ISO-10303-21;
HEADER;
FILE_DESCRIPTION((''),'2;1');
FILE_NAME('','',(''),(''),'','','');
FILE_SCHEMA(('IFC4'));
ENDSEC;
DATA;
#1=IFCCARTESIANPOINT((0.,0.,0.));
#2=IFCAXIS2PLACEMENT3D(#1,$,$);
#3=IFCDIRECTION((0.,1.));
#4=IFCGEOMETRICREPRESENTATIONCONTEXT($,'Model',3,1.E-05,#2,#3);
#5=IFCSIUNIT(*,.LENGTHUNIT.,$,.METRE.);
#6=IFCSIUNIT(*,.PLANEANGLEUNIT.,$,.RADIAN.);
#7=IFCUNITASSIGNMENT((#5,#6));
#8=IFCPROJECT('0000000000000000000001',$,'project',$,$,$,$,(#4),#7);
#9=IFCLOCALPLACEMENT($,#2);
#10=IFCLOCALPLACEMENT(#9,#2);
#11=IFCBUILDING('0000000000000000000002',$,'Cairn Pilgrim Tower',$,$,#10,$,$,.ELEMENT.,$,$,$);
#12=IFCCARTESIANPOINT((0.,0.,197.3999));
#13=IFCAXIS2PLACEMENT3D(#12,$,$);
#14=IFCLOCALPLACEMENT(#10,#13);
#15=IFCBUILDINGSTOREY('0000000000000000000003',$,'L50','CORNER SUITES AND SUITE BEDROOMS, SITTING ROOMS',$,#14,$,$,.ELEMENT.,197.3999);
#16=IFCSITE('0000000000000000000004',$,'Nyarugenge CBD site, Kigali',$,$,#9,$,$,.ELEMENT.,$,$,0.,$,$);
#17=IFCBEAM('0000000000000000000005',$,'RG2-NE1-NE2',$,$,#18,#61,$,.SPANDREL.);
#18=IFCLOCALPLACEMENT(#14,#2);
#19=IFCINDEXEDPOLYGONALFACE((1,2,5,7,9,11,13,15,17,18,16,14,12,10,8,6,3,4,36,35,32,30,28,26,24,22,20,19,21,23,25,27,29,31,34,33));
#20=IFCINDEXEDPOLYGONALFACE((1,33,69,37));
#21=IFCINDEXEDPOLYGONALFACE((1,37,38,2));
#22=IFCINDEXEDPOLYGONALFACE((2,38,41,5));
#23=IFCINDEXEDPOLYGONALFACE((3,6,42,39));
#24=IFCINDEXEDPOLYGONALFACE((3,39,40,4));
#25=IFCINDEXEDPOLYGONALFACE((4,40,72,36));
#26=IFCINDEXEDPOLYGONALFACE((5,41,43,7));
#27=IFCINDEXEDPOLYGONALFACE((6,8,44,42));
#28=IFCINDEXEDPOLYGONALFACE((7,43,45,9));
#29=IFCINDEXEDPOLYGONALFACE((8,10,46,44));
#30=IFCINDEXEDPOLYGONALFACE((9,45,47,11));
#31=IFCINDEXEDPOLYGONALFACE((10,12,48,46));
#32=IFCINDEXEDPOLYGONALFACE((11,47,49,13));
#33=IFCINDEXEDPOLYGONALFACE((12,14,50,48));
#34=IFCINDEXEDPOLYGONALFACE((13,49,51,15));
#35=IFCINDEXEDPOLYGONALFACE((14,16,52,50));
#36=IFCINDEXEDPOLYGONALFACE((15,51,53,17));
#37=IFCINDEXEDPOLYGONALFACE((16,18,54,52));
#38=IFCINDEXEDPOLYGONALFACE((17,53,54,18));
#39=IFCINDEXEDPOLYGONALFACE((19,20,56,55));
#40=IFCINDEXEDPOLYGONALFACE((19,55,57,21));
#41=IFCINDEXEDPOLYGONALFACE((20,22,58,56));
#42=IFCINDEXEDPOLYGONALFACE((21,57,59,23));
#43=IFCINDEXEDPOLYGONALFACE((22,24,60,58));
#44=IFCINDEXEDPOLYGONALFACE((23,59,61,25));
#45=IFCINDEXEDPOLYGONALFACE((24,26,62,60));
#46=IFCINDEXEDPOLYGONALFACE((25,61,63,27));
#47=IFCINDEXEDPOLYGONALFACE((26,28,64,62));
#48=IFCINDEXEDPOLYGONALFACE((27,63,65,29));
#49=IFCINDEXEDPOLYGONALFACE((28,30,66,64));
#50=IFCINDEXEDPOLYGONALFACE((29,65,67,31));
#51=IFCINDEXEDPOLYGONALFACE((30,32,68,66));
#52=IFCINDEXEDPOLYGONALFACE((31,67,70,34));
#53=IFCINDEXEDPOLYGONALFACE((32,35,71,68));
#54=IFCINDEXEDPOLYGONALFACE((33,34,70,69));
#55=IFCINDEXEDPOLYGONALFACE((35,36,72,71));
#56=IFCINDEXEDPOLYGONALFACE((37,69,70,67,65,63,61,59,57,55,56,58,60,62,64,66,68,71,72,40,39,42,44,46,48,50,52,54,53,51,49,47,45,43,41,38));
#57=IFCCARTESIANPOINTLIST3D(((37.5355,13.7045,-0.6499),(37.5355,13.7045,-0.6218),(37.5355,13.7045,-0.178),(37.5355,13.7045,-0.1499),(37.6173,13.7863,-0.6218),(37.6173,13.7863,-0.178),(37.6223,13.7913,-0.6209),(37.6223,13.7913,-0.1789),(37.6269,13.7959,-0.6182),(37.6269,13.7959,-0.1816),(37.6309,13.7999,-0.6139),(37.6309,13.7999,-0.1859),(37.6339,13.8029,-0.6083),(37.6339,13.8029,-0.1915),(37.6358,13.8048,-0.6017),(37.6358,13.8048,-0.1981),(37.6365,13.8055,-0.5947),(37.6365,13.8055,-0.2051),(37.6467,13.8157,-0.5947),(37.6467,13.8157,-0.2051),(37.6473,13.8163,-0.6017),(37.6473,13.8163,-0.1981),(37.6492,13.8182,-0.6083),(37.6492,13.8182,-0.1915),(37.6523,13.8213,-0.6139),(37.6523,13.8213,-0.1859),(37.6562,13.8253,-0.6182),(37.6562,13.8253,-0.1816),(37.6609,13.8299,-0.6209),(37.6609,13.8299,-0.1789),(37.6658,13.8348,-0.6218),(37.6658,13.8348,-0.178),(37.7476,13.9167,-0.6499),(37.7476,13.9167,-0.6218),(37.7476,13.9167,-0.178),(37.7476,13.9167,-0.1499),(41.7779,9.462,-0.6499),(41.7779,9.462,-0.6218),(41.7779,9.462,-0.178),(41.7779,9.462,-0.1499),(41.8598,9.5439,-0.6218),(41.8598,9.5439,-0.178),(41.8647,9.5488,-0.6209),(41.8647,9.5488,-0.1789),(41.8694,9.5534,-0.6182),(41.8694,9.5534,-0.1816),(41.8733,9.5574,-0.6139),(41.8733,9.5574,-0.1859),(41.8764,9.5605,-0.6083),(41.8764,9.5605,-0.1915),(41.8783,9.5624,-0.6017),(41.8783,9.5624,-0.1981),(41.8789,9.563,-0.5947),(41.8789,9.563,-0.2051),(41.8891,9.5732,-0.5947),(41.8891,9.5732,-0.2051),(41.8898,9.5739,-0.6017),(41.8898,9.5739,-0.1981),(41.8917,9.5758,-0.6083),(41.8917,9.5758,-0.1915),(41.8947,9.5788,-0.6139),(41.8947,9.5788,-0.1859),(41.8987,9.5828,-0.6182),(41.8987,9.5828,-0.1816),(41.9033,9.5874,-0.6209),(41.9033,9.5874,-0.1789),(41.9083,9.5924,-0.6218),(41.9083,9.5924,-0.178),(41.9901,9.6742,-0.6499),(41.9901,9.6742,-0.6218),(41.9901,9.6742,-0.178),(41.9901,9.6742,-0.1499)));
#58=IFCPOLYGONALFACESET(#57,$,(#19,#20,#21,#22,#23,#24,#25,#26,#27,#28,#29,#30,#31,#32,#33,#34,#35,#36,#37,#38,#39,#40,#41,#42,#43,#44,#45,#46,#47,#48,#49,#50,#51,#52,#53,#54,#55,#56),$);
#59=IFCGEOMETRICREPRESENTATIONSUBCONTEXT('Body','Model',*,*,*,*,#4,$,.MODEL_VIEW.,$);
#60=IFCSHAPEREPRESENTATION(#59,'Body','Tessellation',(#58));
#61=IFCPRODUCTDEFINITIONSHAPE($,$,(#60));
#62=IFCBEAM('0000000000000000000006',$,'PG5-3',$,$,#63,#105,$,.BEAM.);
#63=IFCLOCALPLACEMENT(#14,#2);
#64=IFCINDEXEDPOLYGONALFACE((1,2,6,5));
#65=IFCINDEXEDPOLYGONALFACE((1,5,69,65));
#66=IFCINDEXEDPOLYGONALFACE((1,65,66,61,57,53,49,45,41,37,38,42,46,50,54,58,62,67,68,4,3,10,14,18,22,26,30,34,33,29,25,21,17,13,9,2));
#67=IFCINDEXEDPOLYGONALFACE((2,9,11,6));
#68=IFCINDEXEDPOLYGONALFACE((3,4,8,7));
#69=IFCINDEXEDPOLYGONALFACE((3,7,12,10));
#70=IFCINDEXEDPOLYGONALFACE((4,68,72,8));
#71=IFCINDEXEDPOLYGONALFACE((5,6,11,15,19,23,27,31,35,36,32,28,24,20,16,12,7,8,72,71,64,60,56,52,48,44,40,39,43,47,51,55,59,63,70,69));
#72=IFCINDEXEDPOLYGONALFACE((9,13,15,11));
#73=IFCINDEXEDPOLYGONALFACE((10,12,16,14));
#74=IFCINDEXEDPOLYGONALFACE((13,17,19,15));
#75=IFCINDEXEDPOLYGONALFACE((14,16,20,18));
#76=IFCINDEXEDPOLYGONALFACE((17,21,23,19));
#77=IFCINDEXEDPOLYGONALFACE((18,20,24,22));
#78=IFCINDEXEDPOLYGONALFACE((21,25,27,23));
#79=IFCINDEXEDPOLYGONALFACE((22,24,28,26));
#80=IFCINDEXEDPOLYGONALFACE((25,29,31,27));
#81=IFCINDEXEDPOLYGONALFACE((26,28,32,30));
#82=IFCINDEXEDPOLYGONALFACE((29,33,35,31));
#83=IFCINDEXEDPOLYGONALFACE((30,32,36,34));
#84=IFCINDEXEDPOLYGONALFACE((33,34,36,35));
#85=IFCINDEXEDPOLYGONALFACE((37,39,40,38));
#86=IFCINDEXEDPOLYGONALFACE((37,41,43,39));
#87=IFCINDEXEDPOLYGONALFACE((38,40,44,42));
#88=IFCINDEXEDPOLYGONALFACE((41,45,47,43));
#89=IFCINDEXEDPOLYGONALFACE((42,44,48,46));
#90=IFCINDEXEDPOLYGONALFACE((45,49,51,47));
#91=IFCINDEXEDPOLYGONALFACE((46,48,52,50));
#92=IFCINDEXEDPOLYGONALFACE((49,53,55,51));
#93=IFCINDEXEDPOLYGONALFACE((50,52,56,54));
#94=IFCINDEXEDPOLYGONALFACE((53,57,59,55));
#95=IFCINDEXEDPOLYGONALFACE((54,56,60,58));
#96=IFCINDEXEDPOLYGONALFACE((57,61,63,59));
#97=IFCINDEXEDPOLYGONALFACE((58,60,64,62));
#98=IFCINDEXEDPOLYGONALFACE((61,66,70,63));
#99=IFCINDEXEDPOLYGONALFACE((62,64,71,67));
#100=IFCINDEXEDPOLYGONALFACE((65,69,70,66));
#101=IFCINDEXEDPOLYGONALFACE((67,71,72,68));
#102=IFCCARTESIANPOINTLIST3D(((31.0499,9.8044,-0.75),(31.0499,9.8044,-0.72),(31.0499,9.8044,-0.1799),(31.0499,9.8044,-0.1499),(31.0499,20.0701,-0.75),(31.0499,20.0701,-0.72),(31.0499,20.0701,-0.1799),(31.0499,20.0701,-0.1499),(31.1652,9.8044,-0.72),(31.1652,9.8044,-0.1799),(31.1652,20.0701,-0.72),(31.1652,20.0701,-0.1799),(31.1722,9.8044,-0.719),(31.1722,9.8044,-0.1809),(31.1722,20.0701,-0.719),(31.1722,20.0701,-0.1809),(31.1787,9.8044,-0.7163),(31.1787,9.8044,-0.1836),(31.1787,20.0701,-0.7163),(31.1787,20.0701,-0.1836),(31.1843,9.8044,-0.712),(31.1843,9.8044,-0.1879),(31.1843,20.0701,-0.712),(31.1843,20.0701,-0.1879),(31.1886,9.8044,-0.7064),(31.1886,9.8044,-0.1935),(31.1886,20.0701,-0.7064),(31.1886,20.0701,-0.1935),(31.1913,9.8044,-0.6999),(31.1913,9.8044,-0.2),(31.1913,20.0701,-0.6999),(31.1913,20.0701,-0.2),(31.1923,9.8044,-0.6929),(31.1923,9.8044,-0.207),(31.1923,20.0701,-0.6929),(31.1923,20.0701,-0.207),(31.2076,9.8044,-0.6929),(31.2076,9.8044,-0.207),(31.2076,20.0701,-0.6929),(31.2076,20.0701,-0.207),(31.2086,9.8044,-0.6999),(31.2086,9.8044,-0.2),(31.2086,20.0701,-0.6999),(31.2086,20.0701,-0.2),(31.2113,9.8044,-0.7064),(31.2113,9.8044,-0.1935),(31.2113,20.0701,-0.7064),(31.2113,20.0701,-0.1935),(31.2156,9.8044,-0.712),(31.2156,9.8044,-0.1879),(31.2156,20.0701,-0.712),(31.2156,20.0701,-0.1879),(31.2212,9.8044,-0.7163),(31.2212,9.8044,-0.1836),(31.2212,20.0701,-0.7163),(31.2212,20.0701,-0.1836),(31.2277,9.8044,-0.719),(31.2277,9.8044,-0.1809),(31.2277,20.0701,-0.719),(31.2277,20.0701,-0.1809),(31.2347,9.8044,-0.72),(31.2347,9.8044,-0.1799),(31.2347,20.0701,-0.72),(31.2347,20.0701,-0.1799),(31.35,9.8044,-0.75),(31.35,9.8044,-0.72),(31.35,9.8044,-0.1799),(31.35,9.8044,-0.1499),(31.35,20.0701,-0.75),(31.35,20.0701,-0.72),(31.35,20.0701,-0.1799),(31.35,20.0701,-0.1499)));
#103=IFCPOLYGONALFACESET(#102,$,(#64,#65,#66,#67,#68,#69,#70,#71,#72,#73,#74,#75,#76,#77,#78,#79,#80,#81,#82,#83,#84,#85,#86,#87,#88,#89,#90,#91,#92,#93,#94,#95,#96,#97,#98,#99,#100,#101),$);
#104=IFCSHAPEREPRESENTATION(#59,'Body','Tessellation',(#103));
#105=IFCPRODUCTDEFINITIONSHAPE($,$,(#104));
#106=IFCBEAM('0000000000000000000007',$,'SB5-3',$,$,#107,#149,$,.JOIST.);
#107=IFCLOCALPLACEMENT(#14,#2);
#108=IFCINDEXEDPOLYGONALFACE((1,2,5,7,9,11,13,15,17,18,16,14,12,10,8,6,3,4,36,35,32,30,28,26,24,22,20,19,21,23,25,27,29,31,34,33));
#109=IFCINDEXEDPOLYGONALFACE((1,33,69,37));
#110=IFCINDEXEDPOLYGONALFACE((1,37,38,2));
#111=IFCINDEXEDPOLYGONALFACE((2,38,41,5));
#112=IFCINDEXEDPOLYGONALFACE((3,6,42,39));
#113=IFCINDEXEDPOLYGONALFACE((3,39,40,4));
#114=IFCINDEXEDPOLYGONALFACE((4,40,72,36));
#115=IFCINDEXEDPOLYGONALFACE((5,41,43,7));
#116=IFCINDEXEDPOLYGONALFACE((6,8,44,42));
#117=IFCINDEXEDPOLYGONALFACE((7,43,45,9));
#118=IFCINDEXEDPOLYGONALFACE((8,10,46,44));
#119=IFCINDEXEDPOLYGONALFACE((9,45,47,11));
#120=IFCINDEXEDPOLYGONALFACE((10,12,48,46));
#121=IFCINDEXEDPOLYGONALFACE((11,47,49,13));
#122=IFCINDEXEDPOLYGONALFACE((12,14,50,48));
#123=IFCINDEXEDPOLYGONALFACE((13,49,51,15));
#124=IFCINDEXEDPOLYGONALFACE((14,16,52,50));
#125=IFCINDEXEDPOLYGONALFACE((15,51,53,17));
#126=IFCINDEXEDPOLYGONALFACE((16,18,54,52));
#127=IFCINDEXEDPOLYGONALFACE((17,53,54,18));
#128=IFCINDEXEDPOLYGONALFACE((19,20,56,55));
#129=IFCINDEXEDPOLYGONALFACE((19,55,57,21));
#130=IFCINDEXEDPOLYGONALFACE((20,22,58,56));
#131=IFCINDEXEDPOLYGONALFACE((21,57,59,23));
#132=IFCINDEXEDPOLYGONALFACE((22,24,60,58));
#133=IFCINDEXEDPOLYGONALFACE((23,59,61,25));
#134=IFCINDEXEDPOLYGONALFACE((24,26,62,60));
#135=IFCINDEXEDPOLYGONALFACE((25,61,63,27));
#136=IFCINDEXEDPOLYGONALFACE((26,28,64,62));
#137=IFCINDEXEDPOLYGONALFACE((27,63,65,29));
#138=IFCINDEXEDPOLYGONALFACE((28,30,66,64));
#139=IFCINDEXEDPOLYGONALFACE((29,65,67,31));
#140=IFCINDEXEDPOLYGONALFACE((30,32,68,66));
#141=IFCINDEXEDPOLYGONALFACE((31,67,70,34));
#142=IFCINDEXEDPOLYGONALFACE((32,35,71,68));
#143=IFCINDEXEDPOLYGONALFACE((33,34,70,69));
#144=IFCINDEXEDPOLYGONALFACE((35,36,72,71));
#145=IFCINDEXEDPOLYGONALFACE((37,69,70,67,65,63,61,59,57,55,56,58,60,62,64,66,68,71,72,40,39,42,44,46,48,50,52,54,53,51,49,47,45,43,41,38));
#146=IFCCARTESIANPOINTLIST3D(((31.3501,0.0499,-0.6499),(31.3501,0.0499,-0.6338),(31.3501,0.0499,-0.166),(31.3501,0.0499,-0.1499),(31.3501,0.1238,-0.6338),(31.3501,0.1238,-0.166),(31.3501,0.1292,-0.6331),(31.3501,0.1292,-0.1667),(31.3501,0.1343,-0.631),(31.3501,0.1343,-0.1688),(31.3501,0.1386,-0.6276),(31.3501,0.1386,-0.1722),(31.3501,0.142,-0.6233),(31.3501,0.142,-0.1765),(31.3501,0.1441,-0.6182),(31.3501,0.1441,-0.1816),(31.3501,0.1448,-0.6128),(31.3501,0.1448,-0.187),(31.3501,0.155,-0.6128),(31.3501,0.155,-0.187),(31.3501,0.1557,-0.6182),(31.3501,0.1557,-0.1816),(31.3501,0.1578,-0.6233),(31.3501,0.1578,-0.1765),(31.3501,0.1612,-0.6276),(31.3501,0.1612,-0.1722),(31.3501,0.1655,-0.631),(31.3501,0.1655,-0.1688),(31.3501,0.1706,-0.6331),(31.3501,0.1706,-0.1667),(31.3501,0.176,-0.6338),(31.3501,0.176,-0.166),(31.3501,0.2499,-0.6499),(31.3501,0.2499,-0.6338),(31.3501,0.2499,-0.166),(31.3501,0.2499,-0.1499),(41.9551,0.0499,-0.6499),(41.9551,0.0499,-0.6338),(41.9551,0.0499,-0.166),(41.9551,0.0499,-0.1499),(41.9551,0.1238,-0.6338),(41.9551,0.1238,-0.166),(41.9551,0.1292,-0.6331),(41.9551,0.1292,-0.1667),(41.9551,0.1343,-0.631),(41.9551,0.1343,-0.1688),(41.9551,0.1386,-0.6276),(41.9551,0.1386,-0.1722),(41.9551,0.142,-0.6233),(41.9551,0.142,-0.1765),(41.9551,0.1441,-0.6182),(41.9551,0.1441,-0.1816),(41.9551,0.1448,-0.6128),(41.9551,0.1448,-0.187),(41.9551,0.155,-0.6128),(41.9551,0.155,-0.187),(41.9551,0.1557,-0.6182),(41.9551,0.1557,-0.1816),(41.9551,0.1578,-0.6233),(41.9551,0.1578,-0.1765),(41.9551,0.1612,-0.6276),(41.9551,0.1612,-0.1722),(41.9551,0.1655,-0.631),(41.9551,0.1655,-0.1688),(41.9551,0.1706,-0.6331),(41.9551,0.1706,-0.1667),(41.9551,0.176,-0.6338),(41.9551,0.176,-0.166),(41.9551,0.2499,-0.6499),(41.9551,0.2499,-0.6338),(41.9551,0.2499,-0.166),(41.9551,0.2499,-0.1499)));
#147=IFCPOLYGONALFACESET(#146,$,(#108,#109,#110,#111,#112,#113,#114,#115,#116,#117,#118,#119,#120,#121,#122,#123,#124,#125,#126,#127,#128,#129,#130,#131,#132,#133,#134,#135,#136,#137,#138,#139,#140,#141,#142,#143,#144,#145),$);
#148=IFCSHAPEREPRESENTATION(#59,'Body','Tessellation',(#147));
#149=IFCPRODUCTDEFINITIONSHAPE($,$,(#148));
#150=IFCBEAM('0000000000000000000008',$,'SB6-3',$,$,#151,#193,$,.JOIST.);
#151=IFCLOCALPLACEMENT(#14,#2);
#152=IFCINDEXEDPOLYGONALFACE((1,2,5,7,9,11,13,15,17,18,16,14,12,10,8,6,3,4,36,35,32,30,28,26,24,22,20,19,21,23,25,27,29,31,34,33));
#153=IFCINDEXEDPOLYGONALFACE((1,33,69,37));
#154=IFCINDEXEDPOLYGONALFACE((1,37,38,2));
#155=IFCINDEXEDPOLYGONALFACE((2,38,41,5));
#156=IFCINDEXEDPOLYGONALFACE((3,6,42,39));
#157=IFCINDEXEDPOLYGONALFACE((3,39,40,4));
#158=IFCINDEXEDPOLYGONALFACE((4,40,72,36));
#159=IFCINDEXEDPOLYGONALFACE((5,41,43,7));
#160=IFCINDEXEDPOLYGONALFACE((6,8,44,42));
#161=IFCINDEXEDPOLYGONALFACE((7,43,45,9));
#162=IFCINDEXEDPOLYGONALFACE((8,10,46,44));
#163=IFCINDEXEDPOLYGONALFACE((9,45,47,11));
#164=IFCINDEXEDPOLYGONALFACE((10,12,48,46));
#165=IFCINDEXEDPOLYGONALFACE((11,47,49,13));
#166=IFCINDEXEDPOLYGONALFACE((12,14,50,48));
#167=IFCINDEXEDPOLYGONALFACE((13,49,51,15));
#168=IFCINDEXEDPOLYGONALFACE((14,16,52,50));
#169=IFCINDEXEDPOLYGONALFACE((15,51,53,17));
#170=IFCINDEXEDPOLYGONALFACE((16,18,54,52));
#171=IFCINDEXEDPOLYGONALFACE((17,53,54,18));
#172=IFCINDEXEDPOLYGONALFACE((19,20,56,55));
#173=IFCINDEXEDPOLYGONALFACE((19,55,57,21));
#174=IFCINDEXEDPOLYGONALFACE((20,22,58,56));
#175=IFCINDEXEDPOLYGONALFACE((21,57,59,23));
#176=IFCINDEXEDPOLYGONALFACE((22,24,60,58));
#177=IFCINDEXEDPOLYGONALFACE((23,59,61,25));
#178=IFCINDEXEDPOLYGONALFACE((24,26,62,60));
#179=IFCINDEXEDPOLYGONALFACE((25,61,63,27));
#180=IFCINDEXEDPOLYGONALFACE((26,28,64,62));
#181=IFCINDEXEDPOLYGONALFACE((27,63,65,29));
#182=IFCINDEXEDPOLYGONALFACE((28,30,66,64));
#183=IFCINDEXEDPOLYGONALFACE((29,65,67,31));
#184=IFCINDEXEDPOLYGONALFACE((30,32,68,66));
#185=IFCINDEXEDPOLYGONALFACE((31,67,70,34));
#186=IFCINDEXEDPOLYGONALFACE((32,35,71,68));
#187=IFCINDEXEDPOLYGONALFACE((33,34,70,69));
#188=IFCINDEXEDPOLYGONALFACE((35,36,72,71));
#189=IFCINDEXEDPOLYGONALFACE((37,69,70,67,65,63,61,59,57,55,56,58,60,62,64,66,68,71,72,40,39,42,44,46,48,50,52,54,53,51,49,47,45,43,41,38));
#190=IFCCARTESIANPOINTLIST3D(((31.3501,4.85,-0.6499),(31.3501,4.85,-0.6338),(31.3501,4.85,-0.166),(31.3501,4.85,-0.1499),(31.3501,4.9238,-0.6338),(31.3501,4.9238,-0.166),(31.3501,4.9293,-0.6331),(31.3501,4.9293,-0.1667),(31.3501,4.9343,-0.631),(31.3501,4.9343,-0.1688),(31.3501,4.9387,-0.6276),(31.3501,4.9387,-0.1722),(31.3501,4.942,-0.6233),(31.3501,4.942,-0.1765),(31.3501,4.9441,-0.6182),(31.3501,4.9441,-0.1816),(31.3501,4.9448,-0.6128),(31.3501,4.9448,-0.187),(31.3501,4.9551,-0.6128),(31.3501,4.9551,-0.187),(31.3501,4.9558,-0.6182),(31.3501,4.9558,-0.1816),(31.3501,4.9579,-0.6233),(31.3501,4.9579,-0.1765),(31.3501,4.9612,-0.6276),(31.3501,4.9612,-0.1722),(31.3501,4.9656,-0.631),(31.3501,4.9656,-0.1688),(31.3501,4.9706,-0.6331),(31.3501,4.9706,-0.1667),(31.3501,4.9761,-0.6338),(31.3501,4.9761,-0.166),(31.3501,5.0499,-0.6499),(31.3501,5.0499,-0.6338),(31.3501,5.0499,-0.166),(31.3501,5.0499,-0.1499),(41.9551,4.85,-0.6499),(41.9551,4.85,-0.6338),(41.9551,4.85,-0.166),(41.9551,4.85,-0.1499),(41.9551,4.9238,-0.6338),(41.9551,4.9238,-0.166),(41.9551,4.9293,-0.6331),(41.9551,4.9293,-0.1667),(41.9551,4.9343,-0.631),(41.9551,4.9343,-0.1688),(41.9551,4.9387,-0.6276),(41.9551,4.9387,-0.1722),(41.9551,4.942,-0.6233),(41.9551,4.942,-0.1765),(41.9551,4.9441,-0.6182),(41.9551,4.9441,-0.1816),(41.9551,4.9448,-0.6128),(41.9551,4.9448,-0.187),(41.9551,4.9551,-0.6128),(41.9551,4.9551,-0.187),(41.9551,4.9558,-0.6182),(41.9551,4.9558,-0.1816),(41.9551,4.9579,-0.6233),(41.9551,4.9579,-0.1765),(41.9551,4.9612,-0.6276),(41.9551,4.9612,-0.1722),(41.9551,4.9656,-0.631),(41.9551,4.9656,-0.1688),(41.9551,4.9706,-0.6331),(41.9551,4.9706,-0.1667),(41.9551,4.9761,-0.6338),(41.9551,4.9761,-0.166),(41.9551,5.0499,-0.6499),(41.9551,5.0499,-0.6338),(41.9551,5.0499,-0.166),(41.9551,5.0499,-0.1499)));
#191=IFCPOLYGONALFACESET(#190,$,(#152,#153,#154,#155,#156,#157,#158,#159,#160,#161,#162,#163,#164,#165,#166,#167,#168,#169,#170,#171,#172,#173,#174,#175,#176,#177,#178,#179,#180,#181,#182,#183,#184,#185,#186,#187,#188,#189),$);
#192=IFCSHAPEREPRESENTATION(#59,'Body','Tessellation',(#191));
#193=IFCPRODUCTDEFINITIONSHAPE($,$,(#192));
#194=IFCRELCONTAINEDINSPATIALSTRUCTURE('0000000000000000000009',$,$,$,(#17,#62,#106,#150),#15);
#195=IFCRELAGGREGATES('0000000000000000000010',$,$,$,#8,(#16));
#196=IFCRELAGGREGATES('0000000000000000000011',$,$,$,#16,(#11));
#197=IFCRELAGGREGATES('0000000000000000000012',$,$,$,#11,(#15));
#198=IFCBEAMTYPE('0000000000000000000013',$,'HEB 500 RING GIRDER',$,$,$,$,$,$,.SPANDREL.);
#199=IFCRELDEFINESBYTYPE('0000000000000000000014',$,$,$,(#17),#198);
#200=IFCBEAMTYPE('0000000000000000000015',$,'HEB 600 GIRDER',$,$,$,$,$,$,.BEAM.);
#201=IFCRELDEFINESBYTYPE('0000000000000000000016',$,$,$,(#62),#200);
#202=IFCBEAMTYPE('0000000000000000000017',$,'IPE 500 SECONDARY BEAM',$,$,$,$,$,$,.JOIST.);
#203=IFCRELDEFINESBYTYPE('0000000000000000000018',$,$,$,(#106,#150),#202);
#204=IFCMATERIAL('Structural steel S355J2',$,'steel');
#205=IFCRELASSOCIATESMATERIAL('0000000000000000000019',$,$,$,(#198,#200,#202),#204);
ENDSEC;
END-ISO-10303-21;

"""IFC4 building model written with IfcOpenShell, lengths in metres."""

from ifc_helpers import new_model, si_unit, direction, frame, origin, origin_2d, place, context, subcontext, project, spatial, i_section, extrude, material, material_profile, profile_set, type_object, element, save


model = new_model("IFC4")

# Units and contexts
model_context = context("Model", 3, precision=1e-05, world=origin(), true_north=direction((0.0, 1.0)))
body_context = subcontext(model_context, "Body", "Model", "MODEL_VIEW")
ifc_project = project(units=[si_unit("LENGTHUNIT", "METRE"), si_unit("PLANEANGLEUNIT", "RADIAN")], contexts=[model_context])

# Site, building, storey
site_placement = place(None, origin())
site = spatial("IfcSite", under=ifc_project, at=site_placement, Name="Nyarugenge CBD site, Kigali", CompositionType="ELEMENT", RefElevation=0.0)
building_placement = place(site_placement, origin())
building = spatial("IfcBuilding", under=site, at=building_placement, Name="Cairn Pilgrim Tower", CompositionType="ELEMENT")
storey_placement = place(building_placement, frame((0.0, 0.0, 197.3999)))
storey = spatial("IfcBuildingStorey", under=building, at=storey_placement, Name="L50", Description="CORNER SUITES AND SUITE BEDROOMS, SITTING ROOMS", CompositionType="ELEMENT", Elevation=197.3999)

# Beams
ifc_material_1 = material(Name="Structural steel S355J2", Category="steel")
ifc_material_profile_1 = material_profile(ifc_material_1, i_section(OverallWidth=0.3, OverallDepth=0.5, WebThickness=0.0144, FlangeThickness=0.0281, FilletRadius=0.0271, at=origin_2d()), Name="HEB 500")
ifc_profile_set_1 = profile_set([ifc_material_profile_1], Name="Structural steel S355J2")
beam_type_1 = type_object("IfcBeamType", Name="HEB 500 RING GIRDER", PredefinedType="SPANDREL", material=ifc_profile_set_1)
beam_1_placement = place(storey_placement, frame((41.884, 9.5681, -0.3999), z_axis=(-0.707107, 0.707107, 0.0), x_axis=(-0.707107, -0.707107, 0.0)))
element("IfcBeam", 1, at=beam_1_placement, inside=storey, type_object=beam_type_1, Name="RG2-NE1-NE2", PredefinedType="SPANDREL", context=body_context, shape_type="SweptSolid", body=[
    extrude(i_section(OverallWidth=0.3, OverallDepth=0.5, WebThickness=0.0144, FlangeThickness=0.0281, FilletRadius=0.0271, at=origin_2d()), origin(), (0.0, 0.0, 1.0), 5.9998),
])
ifc_material_profile_2 = material_profile(ifc_material_1, i_section(OverallWidth=0.3, OverallDepth=0.6001, WebThickness=0.0154, FlangeThickness=0.03, FilletRadius=0.0271, at=origin_2d()), Name="HEB 600")
ifc_profile_set_2 = profile_set([ifc_material_profile_2], Name="Structural steel S355J2")
beam_type_2 = type_object("IfcBeamType", Name="HEB 600 GIRDER", PredefinedType="BEAM", material=ifc_profile_set_2)
beam_2_placement = place(storey_placement, frame((31.2, 9.8044, -0.45), z_axis=(0.0, 1.0, 0.0), x_axis=(-1.0, 0.0, 0.0)))
element("IfcBeam", 2, at=beam_2_placement, inside=storey, type_object=beam_type_2, Name="PG5-3", PredefinedType="BEAM", context=body_context, shape_type="SweptSolid", body=[
    extrude(i_section(OverallWidth=0.3, OverallDepth=0.6001, WebThickness=0.0154, FlangeThickness=0.03, FilletRadius=0.0271, at=origin_2d()), origin(), (0.0, 0.0, 1.0), 10.2656),
])
ifc_material_profile_3 = material_profile(ifc_material_1, i_section(OverallWidth=0.2, OverallDepth=0.5, WebThickness=0.0103, FlangeThickness=0.0161, FilletRadius=0.021, at=origin_2d()), Name="IPE 500")
ifc_profile_set_3 = profile_set([ifc_material_profile_3], Name="Structural steel S355J2")
beam_type_3 = type_object("IfcBeamType", Name="IPE 500 SECONDARY BEAM", PredefinedType="JOIST", material=ifc_profile_set_3)
for number, where, z_axis, x_axis, name in (
    (3, (31.3501, 0.1499, -0.3999), (1.0, 0.0, 0.0), (0.0, 1.0, 0.0), "SB5-3"),
    (4, (31.3501, 4.95, -0.3999), (1.0, 0.0, 0.0), (0.0, 1.0, 0.0), "SB6-3"),
):
    element("IfcBeam", number, at=place(storey_placement, frame(where, z_axis=z_axis, x_axis=x_axis)), inside=storey, type_object=beam_type_3, Name=name, PredefinedType="JOIST", context=body_context, shape_type="SweptSolid", body=[
        extrude(i_section(OverallWidth=0.2, OverallDepth=0.5, WebThickness=0.0103, FlangeThickness=0.0161, FilletRadius=0.021, at=origin_2d()), origin(), (0.0, 0.0, 1.0), 10.605),
    ])

save(model, "model.ifc")
